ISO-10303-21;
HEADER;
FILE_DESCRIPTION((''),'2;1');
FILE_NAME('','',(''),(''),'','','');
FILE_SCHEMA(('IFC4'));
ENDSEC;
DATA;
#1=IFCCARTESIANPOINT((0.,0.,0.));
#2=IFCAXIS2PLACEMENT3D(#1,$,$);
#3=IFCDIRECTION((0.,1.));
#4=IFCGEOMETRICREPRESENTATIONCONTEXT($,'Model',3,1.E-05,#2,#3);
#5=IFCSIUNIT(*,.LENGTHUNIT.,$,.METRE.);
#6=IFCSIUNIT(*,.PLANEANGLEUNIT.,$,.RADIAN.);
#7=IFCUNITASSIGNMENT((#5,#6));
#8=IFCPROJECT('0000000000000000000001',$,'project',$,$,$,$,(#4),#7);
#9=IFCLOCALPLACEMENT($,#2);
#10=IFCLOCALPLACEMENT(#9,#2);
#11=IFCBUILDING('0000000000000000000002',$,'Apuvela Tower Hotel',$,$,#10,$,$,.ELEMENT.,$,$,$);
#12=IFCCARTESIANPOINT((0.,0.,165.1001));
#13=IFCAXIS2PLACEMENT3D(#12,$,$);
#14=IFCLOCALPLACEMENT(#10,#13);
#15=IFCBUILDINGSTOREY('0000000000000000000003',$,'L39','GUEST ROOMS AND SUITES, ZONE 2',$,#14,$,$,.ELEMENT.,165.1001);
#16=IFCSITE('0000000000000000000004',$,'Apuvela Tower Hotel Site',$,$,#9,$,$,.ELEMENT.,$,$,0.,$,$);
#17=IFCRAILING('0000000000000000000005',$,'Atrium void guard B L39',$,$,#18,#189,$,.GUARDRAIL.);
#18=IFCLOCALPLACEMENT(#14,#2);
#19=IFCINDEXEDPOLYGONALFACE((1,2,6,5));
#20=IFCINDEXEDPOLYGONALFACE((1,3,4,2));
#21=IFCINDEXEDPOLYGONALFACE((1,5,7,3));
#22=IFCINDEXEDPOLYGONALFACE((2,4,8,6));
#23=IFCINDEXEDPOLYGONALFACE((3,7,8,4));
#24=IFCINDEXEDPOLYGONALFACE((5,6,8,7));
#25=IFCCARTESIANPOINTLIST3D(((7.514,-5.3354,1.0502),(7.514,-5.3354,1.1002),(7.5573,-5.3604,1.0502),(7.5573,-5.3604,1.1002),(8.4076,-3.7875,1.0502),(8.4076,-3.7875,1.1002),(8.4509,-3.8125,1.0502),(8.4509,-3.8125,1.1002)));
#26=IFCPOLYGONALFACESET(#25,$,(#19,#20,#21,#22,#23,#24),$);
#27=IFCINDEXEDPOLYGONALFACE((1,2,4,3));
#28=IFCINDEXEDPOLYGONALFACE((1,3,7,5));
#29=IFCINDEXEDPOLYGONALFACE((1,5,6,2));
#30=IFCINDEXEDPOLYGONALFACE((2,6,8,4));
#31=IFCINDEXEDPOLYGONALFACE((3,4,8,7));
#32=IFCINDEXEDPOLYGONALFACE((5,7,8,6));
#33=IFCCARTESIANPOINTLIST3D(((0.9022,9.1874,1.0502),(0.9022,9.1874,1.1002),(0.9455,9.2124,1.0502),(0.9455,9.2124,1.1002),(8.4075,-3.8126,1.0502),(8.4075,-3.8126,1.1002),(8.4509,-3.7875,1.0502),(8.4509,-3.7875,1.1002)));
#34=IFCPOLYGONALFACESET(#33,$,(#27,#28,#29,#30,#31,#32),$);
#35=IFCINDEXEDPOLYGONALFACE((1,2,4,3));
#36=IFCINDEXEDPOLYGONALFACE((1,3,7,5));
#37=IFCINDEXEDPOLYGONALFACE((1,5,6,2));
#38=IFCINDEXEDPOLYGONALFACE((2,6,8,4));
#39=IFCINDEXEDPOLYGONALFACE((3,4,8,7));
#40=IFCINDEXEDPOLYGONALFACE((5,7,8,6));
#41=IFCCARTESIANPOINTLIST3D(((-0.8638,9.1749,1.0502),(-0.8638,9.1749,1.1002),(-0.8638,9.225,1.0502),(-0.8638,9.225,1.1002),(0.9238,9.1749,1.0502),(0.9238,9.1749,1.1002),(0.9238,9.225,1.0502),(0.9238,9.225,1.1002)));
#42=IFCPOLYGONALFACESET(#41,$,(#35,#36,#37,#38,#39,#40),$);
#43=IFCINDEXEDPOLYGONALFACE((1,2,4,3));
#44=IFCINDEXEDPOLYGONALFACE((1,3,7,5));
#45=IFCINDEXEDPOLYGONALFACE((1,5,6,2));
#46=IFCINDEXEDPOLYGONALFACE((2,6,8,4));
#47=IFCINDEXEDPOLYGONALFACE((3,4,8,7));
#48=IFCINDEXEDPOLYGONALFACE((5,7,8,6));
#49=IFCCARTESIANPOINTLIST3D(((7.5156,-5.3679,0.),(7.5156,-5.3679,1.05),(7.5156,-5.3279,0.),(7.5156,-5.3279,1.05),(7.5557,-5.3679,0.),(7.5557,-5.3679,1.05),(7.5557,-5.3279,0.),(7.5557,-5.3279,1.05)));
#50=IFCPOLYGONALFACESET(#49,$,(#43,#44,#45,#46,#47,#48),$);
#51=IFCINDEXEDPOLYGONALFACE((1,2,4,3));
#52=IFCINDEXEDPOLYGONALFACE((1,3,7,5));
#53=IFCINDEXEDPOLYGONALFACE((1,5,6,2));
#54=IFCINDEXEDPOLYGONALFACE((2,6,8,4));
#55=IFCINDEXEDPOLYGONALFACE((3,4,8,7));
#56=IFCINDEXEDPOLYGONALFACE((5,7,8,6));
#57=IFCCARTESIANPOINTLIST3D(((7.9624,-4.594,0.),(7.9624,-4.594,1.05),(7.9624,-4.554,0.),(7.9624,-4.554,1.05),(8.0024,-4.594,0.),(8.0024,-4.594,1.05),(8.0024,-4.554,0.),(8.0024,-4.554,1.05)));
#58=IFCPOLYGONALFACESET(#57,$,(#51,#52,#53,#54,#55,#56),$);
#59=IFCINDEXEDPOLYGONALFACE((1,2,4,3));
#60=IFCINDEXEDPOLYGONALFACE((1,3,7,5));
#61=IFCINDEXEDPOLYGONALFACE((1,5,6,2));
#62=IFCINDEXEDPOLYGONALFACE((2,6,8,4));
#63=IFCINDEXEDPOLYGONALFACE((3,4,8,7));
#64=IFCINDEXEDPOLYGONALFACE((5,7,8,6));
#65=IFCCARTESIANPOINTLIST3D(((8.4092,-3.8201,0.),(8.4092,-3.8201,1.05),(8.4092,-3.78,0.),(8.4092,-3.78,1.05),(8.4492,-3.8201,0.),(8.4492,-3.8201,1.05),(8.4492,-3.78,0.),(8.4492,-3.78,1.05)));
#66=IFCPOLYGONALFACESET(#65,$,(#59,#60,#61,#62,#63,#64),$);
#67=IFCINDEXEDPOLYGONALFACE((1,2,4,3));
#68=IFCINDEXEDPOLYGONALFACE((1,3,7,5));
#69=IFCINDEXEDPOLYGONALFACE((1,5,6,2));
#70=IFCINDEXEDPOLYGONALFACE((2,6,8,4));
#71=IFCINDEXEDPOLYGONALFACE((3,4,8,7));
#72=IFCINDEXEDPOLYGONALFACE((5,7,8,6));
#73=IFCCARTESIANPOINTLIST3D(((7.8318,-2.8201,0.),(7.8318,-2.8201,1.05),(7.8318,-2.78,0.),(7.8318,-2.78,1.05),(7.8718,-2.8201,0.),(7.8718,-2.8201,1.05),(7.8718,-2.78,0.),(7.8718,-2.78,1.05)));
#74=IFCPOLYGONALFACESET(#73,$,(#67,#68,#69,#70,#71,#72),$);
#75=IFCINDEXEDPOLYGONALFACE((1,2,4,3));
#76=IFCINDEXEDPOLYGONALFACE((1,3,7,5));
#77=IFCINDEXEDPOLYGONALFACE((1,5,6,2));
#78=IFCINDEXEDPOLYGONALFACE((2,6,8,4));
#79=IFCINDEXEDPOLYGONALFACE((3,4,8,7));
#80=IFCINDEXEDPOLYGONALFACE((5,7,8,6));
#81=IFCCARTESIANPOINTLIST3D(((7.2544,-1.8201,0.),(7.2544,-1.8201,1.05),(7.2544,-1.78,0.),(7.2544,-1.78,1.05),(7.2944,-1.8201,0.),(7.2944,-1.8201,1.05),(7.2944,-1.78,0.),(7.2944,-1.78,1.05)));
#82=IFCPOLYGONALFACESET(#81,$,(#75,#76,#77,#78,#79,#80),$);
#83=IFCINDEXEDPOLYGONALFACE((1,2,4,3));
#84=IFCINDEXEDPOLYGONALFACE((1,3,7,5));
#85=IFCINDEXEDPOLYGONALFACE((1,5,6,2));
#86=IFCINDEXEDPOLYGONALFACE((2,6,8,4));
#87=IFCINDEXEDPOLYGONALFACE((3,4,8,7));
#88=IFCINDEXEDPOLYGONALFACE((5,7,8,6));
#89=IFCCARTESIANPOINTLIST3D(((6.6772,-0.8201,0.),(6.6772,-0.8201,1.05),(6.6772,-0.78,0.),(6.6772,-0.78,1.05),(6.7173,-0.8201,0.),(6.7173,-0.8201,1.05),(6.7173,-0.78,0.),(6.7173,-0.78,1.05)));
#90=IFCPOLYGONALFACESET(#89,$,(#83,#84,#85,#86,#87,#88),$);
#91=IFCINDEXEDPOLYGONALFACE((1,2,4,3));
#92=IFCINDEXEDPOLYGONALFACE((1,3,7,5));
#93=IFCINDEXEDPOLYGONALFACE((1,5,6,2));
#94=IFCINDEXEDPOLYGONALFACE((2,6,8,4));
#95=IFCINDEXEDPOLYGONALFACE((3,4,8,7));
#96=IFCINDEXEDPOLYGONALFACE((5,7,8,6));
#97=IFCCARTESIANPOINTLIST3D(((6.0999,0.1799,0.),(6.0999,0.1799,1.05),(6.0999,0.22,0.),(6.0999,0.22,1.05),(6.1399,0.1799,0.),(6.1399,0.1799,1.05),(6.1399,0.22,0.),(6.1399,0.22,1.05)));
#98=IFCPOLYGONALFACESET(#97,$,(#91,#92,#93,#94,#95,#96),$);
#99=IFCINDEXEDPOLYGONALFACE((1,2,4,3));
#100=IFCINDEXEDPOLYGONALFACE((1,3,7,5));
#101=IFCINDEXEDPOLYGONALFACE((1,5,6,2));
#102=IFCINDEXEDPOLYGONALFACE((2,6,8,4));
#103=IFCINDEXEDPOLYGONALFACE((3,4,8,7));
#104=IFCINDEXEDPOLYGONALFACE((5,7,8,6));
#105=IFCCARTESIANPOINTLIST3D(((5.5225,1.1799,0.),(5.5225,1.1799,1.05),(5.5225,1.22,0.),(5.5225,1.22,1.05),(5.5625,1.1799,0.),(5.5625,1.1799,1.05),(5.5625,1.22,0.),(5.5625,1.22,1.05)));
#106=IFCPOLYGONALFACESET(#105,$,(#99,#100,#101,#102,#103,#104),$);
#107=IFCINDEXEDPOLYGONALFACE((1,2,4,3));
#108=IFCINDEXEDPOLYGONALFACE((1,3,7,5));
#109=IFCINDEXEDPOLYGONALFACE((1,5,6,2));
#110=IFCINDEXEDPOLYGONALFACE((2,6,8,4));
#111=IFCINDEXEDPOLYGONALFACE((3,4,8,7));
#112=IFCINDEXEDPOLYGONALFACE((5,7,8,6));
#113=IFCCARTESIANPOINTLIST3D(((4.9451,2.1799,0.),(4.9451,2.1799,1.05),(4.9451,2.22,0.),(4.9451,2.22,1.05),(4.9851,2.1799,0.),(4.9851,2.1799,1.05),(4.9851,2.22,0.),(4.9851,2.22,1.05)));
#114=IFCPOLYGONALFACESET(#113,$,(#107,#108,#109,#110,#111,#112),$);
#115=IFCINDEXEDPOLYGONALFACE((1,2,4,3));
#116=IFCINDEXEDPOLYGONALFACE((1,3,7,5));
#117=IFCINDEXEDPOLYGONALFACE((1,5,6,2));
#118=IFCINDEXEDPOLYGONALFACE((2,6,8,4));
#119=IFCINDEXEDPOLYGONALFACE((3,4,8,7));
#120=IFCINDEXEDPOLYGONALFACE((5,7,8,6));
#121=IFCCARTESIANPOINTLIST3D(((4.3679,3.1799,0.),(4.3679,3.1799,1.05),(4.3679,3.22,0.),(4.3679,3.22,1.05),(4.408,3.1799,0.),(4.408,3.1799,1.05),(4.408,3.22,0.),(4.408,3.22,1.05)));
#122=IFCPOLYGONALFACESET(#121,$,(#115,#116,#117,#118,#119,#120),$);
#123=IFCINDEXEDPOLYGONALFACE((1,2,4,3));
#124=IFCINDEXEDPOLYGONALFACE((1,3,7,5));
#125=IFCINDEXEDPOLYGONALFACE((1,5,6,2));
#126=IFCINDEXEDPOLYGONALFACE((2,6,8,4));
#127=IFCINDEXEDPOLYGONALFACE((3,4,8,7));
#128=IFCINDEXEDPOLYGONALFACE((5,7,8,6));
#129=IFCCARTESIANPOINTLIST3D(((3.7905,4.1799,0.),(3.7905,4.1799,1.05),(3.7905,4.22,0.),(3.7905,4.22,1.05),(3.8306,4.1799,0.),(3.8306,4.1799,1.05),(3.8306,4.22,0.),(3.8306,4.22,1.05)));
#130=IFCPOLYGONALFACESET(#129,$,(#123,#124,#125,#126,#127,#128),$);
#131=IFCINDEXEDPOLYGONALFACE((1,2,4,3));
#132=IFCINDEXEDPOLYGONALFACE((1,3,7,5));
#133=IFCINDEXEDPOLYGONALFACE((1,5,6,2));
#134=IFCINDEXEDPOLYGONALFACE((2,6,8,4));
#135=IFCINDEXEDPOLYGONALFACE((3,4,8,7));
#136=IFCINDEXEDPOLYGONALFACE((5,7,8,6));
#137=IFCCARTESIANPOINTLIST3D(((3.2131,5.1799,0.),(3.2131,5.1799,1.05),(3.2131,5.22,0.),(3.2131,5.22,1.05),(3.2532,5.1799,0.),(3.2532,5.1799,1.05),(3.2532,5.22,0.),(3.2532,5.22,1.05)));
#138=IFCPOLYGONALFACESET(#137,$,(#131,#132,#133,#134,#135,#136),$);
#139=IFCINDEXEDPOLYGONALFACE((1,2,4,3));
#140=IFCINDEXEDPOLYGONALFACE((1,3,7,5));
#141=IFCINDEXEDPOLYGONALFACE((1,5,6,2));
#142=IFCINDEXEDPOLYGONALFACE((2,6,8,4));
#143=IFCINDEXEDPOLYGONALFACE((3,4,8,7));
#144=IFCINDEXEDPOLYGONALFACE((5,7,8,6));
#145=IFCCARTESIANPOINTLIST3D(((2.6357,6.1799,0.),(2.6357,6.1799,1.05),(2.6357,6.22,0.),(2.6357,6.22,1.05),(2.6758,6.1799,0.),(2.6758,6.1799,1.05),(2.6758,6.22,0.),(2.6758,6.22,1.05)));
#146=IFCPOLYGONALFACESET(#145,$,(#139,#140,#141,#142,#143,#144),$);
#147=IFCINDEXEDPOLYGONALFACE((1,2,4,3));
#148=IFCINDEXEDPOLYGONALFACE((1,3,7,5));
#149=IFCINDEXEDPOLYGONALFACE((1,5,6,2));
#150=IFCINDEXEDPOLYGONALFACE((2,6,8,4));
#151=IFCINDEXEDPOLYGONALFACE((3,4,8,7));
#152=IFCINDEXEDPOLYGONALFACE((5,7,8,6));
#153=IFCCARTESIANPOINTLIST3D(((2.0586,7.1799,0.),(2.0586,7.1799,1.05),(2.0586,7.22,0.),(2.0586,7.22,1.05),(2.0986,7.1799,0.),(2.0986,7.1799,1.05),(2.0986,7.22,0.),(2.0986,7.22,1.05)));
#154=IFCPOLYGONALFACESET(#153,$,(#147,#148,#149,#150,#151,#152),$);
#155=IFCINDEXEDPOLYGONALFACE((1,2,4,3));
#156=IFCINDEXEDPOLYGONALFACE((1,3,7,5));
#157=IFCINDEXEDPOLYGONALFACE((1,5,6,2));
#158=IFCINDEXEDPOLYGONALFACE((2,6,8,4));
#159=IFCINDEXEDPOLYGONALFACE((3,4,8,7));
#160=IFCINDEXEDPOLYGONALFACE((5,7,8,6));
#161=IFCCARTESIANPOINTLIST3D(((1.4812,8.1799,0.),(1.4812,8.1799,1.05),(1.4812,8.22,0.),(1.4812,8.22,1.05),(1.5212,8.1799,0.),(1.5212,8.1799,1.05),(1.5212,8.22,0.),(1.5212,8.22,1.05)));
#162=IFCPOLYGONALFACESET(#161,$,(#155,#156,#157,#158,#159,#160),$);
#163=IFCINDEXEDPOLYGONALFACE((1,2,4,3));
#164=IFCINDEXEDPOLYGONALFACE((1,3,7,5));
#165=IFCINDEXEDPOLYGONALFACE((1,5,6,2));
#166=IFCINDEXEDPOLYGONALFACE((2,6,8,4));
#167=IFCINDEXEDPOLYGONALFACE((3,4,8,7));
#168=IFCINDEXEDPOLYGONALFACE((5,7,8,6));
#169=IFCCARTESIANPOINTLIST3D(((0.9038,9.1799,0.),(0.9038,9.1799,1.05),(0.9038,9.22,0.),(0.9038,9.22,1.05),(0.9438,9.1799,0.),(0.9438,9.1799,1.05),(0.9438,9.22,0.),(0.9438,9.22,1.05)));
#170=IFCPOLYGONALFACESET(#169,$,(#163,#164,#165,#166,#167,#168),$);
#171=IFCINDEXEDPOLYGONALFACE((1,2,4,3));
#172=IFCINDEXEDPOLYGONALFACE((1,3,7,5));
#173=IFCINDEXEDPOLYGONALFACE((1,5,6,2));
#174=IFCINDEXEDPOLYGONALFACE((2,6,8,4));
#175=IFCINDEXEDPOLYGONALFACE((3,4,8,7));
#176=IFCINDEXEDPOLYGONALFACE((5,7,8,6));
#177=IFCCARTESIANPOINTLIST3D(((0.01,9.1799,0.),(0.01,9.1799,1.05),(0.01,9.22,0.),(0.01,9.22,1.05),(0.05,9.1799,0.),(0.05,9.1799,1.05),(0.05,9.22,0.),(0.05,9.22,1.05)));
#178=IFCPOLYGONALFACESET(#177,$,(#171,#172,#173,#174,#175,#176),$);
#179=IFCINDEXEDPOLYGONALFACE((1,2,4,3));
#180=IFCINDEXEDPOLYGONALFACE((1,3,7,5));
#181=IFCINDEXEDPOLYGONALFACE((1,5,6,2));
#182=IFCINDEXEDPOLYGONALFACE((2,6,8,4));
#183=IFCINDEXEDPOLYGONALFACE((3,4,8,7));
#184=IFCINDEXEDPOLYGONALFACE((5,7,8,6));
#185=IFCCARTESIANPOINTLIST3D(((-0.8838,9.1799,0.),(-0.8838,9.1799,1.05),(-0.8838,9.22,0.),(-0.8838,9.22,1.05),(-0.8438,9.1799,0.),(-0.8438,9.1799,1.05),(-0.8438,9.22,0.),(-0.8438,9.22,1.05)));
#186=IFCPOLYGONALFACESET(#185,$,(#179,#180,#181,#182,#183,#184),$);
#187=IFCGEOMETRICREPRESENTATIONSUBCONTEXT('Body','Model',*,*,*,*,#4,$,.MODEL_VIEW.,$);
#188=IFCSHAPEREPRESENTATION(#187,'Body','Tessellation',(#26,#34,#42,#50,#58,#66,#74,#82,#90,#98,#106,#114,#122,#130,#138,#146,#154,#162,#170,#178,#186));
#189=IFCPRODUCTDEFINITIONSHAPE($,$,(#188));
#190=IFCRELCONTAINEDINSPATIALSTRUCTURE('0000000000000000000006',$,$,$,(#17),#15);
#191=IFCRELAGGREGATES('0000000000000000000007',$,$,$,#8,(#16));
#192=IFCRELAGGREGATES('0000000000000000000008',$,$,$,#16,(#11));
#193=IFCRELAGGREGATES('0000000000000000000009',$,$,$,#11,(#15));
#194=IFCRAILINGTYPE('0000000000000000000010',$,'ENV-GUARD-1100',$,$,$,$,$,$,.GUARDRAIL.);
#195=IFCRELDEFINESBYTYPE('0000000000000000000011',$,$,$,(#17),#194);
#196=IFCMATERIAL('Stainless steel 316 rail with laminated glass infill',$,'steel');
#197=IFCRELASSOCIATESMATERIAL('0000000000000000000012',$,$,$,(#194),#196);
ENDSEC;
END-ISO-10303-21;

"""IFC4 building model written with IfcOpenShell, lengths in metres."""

from ifc_helpers import new_model, si_unit, direction, frame, origin, origin_2d, place, context, subcontext, project, spatial, rectangle, extrude, material, type_object, element, save


model = new_model("IFC4")

# Units and contexts
model_context = context("Model", 3, precision=1e-05, world=origin(), true_north=direction((0.0, 1.0)))
body_context = subcontext(model_context, "Body", "Model", "MODEL_VIEW")
ifc_project = project(units=[si_unit("LENGTHUNIT", "METRE"), si_unit("PLANEANGLEUNIT", "RADIAN")], contexts=[model_context])

# Site, building, storey
site_placement = place(None, origin())
site = spatial("IfcSite", under=ifc_project, at=site_placement, Name="Apuvela Tower Hotel Site", CompositionType="ELEMENT", RefElevation=0.0)
building_placement = place(site_placement, origin())
building = spatial("IfcBuilding", under=site, at=building_placement, Name="Apuvela Tower Hotel", CompositionType="ELEMENT")
storey_placement = place(building_placement, frame((0.0, 0.0, 165.1001)))
storey = spatial("IfcBuildingStorey", under=building, at=storey_placement, Name="L39", Description="GUEST ROOMS AND SUITES, ZONE 2", CompositionType="ELEMENT", Elevation=165.1001)

# Railing
ifc_material_1 = material(Name="Stainless steel 316 rail with laminated glass infill", Category="steel")
railing_type_1 = type_object("IfcRailingType", Name="ENV-GUARD-1100", PredefinedType="GUARDRAIL", material=ifc_material_1)
railing_1_placement = place(storey_placement, frame((7.5356, -5.3479, 0.0)))
element("IfcRailing", 1, at=railing_1_placement, inside=storey, type_object=railing_type_1, Name="Atrium void guard B L39", PredefinedType="GUARDRAIL", context=body_context, shape_type="SweptSolid", body=[
    extrude(rectangle(XDim=0.05, YDim=0.05, at=origin_2d()), frame((0.0, 0.0, 1.0752), z_axis=(0.499959, 0.866049, 0.0), x_axis=(-0.866049, 0.499959, 0.0)), (0.0, 0.0, 1.0), 1.7874),
    extrude(rectangle(XDim=0.05, YDim=0.05, at=origin_2d()), frame((0.8936, 1.5479, 1.0752), z_axis=(-0.499991, 0.866031, 0.0), x_axis=(-0.866031, -0.499991, 0.0)), (0.0, 0.0, 1.0), 15.011),
    extrude(rectangle(XDim=0.05, YDim=0.05, at=origin_2d()), frame((-6.6118, 14.5479, 1.0752), z_axis=(-1.0, 0.0, 0.0), x_axis=(0.0, -1.0, 0.0)), (0.0, 0.0, 1.0), 1.7876),
    extrude(rectangle(XDim=0.04, YDim=0.04, at=origin_2d()), origin(), (0.0, 0.0, 1.0), 1.05),
    extrude(rectangle(XDim=0.04, YDim=0.04, at=origin_2d()), frame((0.4468, 0.7739, 0.0)), (0.0, 0.0, 1.0), 1.05),
    extrude(rectangle(XDim=0.04, YDim=0.04, at=origin_2d()), frame((0.8936, 1.5479, 0.0)), (0.0, 0.0, 1.0), 1.05),
    extrude(rectangle(XDim=0.04, YDim=0.04, at=origin_2d()), frame((0.3162, 2.5479, 0.0)), (0.0, 0.0, 1.0), 1.05),
    extrude(rectangle(XDim=0.04, YDim=0.04, at=origin_2d()), frame((-0.2612, 3.5479, 0.0)), (0.0, 0.0, 1.0), 1.05),
    extrude(rectangle(XDim=0.04, YDim=0.04, at=origin_2d()), frame((-0.8384, 4.5479, 0.0)), (0.0, 0.0, 1.0), 1.05),
    extrude(rectangle(XDim=0.04, YDim=0.04, at=origin_2d()), frame((-1.4158, 5.5479, 0.0)), (0.0, 0.0, 1.0), 1.05),
    extrude(rectangle(XDim=0.04, YDim=0.04, at=origin_2d()), frame((-1.9932, 6.5479, 0.0)), (0.0, 0.0, 1.0), 1.05),
    extrude(rectangle(XDim=0.04, YDim=0.04, at=origin_2d()), frame((-2.5706, 7.5479, 0.0)), (0.0, 0.0, 1.0), 1.05),
    extrude(rectangle(XDim=0.04, YDim=0.04, at=origin_2d()), frame((-3.1477, 8.5479, 0.0)), (0.0, 0.0, 1.0), 1.05),
    extrude(rectangle(XDim=0.04, YDim=0.04, at=origin_2d()), frame((-3.7251, 9.5479, 0.0)), (0.0, 0.0, 1.0), 1.05),
    extrude(rectangle(XDim=0.04, YDim=0.04, at=origin_2d()), frame((-4.3025, 10.5479, 0.0)), (0.0, 0.0, 1.0), 1.05),
    extrude(rectangle(XDim=0.04, YDim=0.04, at=origin_2d()), frame((-4.8799, 11.5479, 0.0)), (0.0, 0.0, 1.0), 1.05),
    extrude(rectangle(XDim=0.04, YDim=0.04, at=origin_2d()), frame((-5.457, 12.5479, 0.0)), (0.0, 0.0, 1.0), 1.05),
    extrude(rectangle(XDim=0.04, YDim=0.04, at=origin_2d()), frame((-6.0344, 13.5479, 0.0)), (0.0, 0.0, 1.0), 1.05),
    extrude(rectangle(XDim=0.04, YDim=0.04, at=origin_2d()), frame((-6.6118, 14.5479, 0.0)), (0.0, 0.0, 1.0), 1.05),
    extrude(rectangle(XDim=0.04, YDim=0.04, at=origin_2d()), frame((-7.5056, 14.5479, 0.0)), (0.0, 0.0, 1.0), 1.05),
    extrude(rectangle(XDim=0.04, YDim=0.04, at=origin_2d()), frame((-8.3994, 14.5479, 0.0)), (0.0, 0.0, 1.0), 1.05),
])

save(model, "model.ifc")
